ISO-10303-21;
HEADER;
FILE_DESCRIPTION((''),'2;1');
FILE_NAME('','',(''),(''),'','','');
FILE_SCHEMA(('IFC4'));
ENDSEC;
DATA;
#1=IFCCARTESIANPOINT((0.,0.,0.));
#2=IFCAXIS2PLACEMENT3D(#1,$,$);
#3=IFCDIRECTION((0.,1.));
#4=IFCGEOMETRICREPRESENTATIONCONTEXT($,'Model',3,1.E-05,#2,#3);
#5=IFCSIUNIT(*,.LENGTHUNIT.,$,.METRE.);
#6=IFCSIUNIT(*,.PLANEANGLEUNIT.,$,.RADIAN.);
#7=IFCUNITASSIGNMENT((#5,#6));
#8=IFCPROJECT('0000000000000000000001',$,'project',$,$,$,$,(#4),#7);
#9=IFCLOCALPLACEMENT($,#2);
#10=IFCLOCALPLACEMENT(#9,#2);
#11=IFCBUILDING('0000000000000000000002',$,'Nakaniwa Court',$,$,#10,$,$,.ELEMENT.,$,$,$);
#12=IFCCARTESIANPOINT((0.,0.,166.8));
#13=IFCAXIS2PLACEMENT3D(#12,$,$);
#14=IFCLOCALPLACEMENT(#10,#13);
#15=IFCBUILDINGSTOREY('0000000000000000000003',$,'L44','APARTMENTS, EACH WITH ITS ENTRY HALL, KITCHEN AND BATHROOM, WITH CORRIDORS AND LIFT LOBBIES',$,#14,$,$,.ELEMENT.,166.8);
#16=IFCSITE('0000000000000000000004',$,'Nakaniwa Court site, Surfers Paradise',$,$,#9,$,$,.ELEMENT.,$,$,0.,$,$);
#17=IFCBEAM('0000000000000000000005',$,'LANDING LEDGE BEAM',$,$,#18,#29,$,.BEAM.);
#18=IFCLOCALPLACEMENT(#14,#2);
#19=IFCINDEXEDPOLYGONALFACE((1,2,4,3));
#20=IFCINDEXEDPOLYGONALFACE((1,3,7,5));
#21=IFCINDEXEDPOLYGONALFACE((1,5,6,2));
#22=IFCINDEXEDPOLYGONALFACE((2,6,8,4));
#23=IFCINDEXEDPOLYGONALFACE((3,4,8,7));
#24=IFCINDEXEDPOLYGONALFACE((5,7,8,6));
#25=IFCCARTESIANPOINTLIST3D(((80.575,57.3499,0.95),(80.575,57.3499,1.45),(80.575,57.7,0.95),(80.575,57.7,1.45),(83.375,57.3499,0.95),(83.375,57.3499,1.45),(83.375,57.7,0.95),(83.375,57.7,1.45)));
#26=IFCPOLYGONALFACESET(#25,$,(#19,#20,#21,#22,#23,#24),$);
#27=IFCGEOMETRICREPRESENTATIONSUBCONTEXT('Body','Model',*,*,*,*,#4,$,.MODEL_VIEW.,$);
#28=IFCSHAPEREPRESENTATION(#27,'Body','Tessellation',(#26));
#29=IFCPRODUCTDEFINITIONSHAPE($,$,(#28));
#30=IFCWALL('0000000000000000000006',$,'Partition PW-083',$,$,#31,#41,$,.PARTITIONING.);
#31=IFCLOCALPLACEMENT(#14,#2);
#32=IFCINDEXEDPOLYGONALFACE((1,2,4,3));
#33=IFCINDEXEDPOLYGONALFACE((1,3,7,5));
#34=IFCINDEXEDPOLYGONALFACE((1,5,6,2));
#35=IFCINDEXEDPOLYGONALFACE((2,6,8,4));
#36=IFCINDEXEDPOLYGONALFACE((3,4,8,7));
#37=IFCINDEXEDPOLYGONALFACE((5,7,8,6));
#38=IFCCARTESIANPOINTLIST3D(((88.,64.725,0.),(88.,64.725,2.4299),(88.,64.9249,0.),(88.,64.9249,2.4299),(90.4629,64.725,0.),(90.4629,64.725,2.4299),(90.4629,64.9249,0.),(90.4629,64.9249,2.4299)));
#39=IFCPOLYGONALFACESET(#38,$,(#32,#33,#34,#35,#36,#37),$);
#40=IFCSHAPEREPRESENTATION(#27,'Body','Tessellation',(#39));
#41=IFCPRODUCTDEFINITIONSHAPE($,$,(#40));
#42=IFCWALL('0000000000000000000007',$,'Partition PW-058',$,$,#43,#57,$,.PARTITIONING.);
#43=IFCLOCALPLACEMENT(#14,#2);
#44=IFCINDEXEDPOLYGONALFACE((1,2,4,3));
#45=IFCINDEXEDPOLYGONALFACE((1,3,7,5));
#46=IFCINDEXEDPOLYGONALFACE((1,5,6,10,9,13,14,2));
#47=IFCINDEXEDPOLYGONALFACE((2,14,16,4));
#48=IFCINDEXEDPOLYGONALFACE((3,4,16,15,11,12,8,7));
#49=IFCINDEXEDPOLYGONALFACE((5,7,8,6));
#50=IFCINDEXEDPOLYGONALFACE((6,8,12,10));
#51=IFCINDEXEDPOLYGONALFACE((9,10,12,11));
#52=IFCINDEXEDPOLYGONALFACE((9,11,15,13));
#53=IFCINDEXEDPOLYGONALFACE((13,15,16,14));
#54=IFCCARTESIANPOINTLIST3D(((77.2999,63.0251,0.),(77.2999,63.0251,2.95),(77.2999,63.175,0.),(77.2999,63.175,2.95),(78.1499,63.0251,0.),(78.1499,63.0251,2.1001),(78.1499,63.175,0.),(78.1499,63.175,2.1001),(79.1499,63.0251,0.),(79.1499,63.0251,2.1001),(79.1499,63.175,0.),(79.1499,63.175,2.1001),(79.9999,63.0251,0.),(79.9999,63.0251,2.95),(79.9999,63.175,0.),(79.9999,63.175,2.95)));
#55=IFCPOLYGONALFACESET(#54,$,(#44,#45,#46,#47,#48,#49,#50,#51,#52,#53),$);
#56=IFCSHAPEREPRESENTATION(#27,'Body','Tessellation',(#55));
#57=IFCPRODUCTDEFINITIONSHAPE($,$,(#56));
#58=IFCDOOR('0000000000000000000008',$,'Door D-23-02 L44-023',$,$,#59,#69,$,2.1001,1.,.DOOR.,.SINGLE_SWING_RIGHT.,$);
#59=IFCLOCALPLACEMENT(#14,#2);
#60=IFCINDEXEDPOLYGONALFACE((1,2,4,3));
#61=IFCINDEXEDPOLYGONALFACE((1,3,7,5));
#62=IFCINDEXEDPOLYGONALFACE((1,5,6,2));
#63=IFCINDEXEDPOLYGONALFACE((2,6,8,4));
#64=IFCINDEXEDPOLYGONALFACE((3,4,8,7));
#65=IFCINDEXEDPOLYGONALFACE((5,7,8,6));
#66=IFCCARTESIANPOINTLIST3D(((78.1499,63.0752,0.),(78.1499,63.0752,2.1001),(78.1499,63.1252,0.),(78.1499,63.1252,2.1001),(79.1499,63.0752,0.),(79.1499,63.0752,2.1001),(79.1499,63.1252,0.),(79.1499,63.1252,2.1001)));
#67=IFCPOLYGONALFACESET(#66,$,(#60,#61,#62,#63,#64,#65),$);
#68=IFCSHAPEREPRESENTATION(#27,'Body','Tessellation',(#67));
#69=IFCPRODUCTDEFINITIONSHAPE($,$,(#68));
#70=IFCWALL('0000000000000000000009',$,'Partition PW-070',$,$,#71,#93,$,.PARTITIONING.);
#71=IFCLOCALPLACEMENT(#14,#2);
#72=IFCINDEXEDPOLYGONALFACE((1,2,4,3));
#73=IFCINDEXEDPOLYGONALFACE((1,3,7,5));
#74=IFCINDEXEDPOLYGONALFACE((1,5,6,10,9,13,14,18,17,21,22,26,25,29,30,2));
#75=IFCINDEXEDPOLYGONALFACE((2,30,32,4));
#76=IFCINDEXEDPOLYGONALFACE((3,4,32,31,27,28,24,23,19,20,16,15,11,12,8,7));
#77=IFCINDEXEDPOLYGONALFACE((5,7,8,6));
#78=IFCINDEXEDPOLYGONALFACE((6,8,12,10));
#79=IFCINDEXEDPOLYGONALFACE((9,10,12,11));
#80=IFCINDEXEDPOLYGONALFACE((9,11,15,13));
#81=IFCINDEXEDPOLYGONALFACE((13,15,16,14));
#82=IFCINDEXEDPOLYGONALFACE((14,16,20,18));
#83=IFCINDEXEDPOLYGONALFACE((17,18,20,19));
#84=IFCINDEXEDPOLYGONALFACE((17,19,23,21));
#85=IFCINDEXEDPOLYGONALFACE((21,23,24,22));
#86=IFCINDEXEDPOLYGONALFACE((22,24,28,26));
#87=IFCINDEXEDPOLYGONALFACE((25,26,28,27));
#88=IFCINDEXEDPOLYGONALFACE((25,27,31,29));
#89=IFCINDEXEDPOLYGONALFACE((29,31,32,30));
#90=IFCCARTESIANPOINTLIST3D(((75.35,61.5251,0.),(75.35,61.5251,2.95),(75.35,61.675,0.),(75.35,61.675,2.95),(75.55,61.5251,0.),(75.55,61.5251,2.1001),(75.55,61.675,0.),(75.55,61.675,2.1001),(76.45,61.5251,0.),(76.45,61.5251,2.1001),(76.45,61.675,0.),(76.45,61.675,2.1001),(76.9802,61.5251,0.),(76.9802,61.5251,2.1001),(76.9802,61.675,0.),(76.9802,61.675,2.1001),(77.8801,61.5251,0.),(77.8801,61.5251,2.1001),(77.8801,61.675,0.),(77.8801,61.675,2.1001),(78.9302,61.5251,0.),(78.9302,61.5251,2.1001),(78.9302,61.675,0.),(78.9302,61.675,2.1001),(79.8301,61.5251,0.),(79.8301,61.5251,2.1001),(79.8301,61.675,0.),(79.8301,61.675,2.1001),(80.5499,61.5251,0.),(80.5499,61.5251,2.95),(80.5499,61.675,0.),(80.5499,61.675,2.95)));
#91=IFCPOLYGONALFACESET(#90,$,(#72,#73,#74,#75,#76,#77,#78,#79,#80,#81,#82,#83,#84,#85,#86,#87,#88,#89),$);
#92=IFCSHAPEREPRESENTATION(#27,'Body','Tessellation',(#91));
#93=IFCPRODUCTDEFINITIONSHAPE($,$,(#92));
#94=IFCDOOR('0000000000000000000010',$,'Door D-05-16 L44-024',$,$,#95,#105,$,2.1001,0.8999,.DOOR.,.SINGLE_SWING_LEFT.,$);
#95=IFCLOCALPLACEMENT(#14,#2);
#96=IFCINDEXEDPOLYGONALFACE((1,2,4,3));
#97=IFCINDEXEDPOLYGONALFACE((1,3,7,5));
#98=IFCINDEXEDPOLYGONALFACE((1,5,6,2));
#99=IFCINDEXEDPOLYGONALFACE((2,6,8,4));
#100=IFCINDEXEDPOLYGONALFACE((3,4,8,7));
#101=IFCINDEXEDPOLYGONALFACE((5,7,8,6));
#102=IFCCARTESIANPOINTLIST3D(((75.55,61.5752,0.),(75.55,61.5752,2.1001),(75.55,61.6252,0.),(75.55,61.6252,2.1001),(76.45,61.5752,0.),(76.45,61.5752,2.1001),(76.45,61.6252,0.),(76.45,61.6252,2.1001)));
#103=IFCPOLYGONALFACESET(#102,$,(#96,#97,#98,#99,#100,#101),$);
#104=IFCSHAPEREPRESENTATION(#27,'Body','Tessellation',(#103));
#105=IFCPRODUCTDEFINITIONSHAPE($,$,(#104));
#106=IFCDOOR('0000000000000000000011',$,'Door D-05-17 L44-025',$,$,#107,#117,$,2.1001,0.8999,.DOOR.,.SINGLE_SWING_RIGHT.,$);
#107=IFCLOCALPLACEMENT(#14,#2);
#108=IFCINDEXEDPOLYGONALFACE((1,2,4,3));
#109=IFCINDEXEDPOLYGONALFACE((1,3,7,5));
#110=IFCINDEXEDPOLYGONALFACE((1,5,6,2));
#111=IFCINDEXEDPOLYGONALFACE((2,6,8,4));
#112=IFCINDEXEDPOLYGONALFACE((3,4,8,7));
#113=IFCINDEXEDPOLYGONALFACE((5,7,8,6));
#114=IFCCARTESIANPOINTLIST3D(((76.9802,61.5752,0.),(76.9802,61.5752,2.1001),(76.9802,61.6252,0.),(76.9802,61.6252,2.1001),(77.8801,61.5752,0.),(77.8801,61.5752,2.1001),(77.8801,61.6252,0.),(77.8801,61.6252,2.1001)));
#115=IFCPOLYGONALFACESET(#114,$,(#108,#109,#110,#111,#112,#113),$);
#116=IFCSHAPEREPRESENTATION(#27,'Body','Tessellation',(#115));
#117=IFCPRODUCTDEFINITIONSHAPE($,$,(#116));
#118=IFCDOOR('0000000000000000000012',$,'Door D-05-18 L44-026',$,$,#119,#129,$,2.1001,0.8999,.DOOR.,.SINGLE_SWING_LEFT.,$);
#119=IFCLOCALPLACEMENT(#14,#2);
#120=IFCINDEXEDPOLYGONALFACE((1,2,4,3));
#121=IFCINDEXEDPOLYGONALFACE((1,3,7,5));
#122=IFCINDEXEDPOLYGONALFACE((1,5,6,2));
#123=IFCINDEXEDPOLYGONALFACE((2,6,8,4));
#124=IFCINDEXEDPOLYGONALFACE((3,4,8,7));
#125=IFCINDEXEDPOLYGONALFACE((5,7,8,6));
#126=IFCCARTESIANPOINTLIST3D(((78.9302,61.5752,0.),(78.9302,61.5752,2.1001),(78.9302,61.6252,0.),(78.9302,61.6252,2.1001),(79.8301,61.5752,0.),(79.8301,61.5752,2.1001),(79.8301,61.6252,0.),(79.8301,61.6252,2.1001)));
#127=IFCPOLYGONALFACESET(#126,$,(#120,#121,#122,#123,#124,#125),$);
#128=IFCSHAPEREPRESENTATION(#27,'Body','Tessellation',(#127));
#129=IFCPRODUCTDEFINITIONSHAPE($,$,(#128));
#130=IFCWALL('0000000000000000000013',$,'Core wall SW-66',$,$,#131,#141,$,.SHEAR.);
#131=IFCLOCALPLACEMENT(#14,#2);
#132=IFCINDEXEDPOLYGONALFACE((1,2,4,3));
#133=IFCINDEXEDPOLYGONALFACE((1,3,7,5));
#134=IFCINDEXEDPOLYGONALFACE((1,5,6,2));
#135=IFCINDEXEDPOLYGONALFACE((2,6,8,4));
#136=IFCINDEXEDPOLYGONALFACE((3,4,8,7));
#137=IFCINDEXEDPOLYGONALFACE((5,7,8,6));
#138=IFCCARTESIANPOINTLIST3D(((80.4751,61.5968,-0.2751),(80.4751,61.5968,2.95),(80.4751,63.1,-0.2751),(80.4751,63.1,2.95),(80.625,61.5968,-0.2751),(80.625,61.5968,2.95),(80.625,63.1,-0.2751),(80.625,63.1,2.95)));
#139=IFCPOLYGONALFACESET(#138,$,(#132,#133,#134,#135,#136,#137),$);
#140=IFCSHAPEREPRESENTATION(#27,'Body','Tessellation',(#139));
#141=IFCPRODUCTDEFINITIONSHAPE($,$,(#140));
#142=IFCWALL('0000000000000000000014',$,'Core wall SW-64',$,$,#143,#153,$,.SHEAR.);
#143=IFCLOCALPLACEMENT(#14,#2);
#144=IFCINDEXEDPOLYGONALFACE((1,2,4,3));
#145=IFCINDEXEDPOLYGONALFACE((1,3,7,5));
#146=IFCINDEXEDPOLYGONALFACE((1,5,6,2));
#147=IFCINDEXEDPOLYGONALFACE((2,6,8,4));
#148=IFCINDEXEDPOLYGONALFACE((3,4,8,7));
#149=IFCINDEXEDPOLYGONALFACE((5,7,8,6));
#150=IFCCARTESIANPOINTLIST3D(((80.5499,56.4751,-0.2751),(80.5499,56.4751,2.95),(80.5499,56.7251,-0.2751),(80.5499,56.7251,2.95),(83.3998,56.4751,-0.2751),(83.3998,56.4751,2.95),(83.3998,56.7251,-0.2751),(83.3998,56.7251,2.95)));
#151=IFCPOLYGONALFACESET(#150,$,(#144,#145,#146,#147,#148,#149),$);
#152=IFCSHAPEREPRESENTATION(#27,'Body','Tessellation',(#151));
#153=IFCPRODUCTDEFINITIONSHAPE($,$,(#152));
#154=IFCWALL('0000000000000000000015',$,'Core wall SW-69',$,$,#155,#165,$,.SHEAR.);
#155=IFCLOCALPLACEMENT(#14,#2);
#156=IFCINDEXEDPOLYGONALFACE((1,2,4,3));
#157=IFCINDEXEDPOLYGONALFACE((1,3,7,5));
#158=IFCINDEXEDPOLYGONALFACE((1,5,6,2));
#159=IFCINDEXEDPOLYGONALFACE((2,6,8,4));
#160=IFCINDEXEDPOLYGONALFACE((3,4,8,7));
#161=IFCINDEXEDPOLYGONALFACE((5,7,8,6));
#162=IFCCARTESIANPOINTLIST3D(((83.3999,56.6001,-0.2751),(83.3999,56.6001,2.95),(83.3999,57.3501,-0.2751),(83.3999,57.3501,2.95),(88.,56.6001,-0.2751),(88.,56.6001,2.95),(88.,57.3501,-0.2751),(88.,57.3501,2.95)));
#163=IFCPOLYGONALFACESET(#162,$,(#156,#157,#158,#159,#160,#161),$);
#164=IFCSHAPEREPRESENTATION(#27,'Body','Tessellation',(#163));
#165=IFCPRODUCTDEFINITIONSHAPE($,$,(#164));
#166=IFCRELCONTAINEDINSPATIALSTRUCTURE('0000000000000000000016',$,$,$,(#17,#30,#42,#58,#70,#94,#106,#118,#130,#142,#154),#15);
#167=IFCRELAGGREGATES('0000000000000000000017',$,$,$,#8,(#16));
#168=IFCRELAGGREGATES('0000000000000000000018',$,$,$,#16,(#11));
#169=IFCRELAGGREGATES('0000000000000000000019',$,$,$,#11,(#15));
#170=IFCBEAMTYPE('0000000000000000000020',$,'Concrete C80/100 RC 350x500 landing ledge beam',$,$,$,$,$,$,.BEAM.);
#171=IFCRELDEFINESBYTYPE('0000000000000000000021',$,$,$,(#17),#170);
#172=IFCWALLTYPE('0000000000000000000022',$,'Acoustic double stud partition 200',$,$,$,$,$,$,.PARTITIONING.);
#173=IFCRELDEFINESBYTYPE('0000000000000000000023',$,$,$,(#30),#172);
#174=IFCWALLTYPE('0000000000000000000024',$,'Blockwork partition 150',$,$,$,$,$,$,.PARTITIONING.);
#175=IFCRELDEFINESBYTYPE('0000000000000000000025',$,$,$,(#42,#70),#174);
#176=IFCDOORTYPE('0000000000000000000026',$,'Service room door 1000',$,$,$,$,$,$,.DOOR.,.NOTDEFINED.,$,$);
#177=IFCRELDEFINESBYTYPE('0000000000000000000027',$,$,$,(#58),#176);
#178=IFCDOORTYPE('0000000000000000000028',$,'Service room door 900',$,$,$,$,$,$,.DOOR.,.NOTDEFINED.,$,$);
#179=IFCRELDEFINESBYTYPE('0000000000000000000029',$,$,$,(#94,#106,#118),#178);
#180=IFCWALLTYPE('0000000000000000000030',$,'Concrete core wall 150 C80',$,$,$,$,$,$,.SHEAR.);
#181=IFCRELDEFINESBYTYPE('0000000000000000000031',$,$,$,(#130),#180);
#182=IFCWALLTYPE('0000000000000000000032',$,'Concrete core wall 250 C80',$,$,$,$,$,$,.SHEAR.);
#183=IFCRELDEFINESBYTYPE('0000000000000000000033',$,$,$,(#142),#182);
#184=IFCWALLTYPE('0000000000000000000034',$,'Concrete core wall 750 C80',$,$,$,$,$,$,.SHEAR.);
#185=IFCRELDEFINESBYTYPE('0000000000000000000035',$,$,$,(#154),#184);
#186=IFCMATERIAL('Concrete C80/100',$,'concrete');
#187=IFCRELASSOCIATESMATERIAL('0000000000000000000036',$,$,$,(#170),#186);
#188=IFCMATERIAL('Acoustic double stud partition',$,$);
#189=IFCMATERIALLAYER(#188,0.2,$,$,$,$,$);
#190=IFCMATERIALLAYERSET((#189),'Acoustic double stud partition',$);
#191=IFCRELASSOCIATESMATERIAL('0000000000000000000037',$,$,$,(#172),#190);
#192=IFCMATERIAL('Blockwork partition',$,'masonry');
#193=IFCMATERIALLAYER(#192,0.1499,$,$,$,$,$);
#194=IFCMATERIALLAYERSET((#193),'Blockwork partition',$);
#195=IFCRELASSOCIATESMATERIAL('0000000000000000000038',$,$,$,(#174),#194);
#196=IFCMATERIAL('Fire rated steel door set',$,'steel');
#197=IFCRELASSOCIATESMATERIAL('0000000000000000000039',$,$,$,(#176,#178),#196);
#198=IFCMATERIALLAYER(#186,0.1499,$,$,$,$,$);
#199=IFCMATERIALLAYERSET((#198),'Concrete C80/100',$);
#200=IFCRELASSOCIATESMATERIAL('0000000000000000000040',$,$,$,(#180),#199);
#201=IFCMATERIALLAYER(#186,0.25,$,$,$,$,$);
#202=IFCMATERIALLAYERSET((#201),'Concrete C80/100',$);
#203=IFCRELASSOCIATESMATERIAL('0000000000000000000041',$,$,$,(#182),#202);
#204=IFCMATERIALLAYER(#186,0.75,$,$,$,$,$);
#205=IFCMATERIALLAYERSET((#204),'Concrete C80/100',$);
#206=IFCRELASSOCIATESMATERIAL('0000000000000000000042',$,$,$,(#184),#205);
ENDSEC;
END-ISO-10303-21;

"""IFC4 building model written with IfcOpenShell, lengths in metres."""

from ifc_helpers import new_model, si_unit, direction, frame, frame_2d, origin, origin_2d, place, context, subcontext, project, spatial, rectangle, extrude, material, layer, layer_set, material_profile, profile_set, type_object, element, fill, save


model = new_model("IFC4")

# Units and contexts
model_context = context("Model", 3, precision=1e-05, world=origin(), true_north=direction((0.0, 1.0)))
body_context = subcontext(model_context, "Body", "Model", "MODEL_VIEW")
ifc_project = project(units=[si_unit("LENGTHUNIT", "METRE"), si_unit("PLANEANGLEUNIT", "RADIAN")], contexts=[model_context])

# Site, building, storey
site_placement = place(None, origin())
site = spatial("IfcSite", under=ifc_project, at=site_placement, Name="Nakaniwa Court site, Surfers Paradise", CompositionType="ELEMENT", RefElevation=0.0)
building_placement = place(site_placement, origin())
building = spatial("IfcBuilding", under=site, at=building_placement, Name="Nakaniwa Court", CompositionType="ELEMENT")
storey_placement = place(building_placement, frame((0.0, 0.0, 166.8)))
storey = spatial("IfcBuildingStorey", under=building, at=storey_placement, Name="L44", Description="APARTMENTS, EACH WITH ITS ENTRY HALL, KITCHEN AND BATHROOM, WITH CORRIDORS AND LIFT LOBBIES", CompositionType="ELEMENT", Elevation=166.8)

# Beam
ifc_material_1 = material(Name="Concrete C80/100", Category="concrete")
ifc_material_profile = material_profile(ifc_material_1, rectangle(XDim=0.3501, YDim=0.5, at=origin_2d()), Name="Concrete C80/100 RC 350x500 landing ledge beam")
ifc_profile_set = profile_set([ifc_material_profile], Name="Concrete C80/100")
beam_type = type_object("IfcBeamType", Name="Concrete C80/100 RC 350x500 landing ledge beam", PredefinedType="BEAM", material=ifc_profile_set)
beam_placement = place(storey_placement, frame((80.575, 57.5249, 1.2), z_axis=(1.0, 0.0, 0.0), x_axis=(0.0, 1.0, 0.0)))
element("IfcBeam", 1, at=beam_placement, inside=storey, type_object=beam_type, Name="LANDING LEDGE BEAM", PredefinedType="BEAM", context=body_context, shape_type="SweptSolid", body=[
    extrude(rectangle(XDim=0.3501, YDim=0.5, at=origin_2d()), origin(), (0.0, 0.0, 1.0), 2.8),
])

# Wall
ifc_material_2 = material(Name="Acoustic double stud partition")
ifc_layer_1 = layer(ifc_material_2, 0.2)
ifc_layer_set_1 = layer_set([ifc_layer_1], Name="Acoustic double stud partition")
wall_type_1 = type_object("IfcWallType", Name="Acoustic double stud partition 200", PredefinedType="PARTITIONING", material=ifc_layer_set_1)
wall_1_placement = place(storey_placement, frame((88.0, 64.825, 0.0), z_axis=(0.0, 0.0, 1.0), x_axis=(1.0, 0.0, 0.0)))
element("IfcWall", 2, at=wall_1_placement, inside=storey, type_object=wall_type_1, Name="Partition PW-083", PredefinedType="PARTITIONING", context=body_context, shape_type="SweptSolid", body=[
    extrude(rectangle(XDim=2.4629, YDim=0.2, at=frame_2d((1.2314, 0.0))), origin(), (0.0, 0.0, 1.0), 2.4299),
])

# Wall, opening, door
ifc_material_3 = material(Name="Blockwork partition", Category="masonry")
ifc_layer_2 = layer(ifc_material_3, 0.1499)
ifc_layer_set_2 = layer_set([ifc_layer_2], Name="Blockwork partition")
wall_type_2 = type_object("IfcWallType", Name="Blockwork partition 150", PredefinedType="PARTITIONING", material=ifc_layer_set_2)
wall_2_placement = place(storey_placement, frame((80.0, 63.1001, 0.0), z_axis=(0.0, 0.0, 1.0), x_axis=(-1.0, 0.0, 0.0)))
wall_2 = element("IfcWall", 3, at=wall_2_placement, inside=storey, type_object=wall_type_2, Name="Partition PW-058", PredefinedType="PARTITIONING", context=body_context, shape_type="SweptSolid", body=[
    extrude(rectangle(XDim=2.7, YDim=0.1499, at=frame_2d((1.3501, 0.0))), origin(), (0.0, 0.0, 1.0), 2.95),
])
opening_1_placement = place(wall_2_placement, frame((0.8501, 0.0, 0.0)))
opening_1 = element("IfcOpeningElement", 4, at=opening_1_placement, cuts=wall_2, PredefinedType="OPENING", context=body_context, shape_type="SweptSolid", body=[
    extrude(rectangle(XDim=1.0, YDim=2.1001, at=frame_2d((0.5, 1.05))), frame((0.0, 0.085, 0.0), z_axis=(0.0, -1.0, 0.0), x_axis=(1.0, 0.0, 0.0)), (0.0, 0.0, 1.0), 0.1699),
])
ifc_material_4 = material(Name="Fire rated steel door set", Category="steel")
door_type_1 = type_object("IfcDoorType", Name="Service room door 1000", OperationType="NOTDEFINED", PredefinedType="DOOR", material=ifc_material_4)
door_1_placement = place(opening_1_placement, origin())
door_1 = element("IfcDoor", 5, at=door_1_placement, inside=storey, type_object=door_type_1, Name="Door D-23-02 L44-023", OperationType="SINGLE_SWING_RIGHT", OverallHeight=2.1001, OverallWidth=1.0, PredefinedType="DOOR", context=body_context, shape_type="SweptSolid", body=[
    extrude(rectangle(XDim=1.0, YDim=2.1001, at=frame_2d((0.5, 1.05))), frame((0.0, 0.0249, 0.0), z_axis=(0.0, -1.0, 0.0), x_axis=(1.0, 0.0, 0.0)), (0.0, 0.0, 1.0), 0.05),
])
fill(opening_1, door_1)

# Wall, openings, doors
wall_3_placement = place(storey_placement, frame((80.55, 61.6001, 0.0), z_axis=(0.0, 0.0, 1.0), x_axis=(-1.0, 0.0, 0.0)))
wall_3 = element("IfcWall", 6, at=wall_3_placement, inside=storey, type_object=wall_type_2, Name="Partition PW-070", PredefinedType="PARTITIONING", context=body_context, shape_type="SweptSolid", body=[
    extrude(rectangle(XDim=5.2, YDim=0.1499, at=frame_2d((2.6001, 0.0))), origin(), (0.0, 0.0, 1.0), 2.95),
])
opening_2_placement = place(wall_3_placement, frame((4.1001, 0.0, 0.0)))
opening_2 = element("IfcOpeningElement", 7, at=opening_2_placement, cuts=wall_3, PredefinedType="OPENING", context=body_context, shape_type="SweptSolid", body=[
    extrude(rectangle(XDim=0.8999, YDim=2.1001, at=frame_2d((0.45, 1.05))), frame((0.0, 0.085, 0.0), z_axis=(0.0, -1.0, 0.0), x_axis=(1.0, 0.0, 0.0)), (0.0, 0.0, 1.0), 0.1699),
])
opening_3_placement = place(wall_3_placement, frame((2.6699, 0.0, 0.0)))
opening_3 = element("IfcOpeningElement", 8, at=opening_3_placement, cuts=wall_3, PredefinedType="OPENING", context=body_context, shape_type="SweptSolid", body=[
    extrude(rectangle(XDim=0.8999, YDim=2.1001, at=frame_2d((0.45, 1.05))), frame((0.0, 0.085, 0.0), z_axis=(0.0, -1.0, 0.0), x_axis=(1.0, 0.0, 0.0)), (0.0, 0.0, 1.0), 0.1699),
])
opening_4_placement = place(wall_3_placement, frame((0.72, 0.0, 0.0)))
opening_4 = element("IfcOpeningElement", 9, at=opening_4_placement, cuts=wall_3, PredefinedType="OPENING", context=body_context, shape_type="SweptSolid", body=[
    extrude(rectangle(XDim=0.8999, YDim=2.1001, at=frame_2d((0.45, 1.05))), frame((0.0, 0.085, 0.0), z_axis=(0.0, -1.0, 0.0), x_axis=(1.0, 0.0, 0.0)), (0.0, 0.0, 1.0), 0.1699),
])
door_type_2 = type_object("IfcDoorType", Name="Service room door 900", OperationType="NOTDEFINED", PredefinedType="DOOR", material=ifc_material_4)
door_2_placement = place(opening_2_placement, origin())
door_2 = element("IfcDoor", 10, at=door_2_placement, inside=storey, type_object=door_type_2, Name="Door D-05-16 L44-024", OperationType="SINGLE_SWING_LEFT", OverallHeight=2.1001, OverallWidth=0.8999, PredefinedType="DOOR", context=body_context, shape_type="SweptSolid", body=[
    extrude(rectangle(XDim=0.8999, YDim=2.1001, at=frame_2d((0.45, 1.05))), frame((0.0, 0.0249, 0.0), z_axis=(0.0, -1.0, 0.0), x_axis=(1.0, 0.0, 0.0)), (0.0, 0.0, 1.0), 0.05),
])
fill(opening_2, door_2)
door_3_placement = place(opening_3_placement, origin())
door_3 = element("IfcDoor", 11, at=door_3_placement, inside=storey, type_object=door_type_2, Name="Door D-05-17 L44-025", OperationType="SINGLE_SWING_RIGHT", OverallHeight=2.1001, OverallWidth=0.8999, PredefinedType="DOOR", context=body_context, shape_type="SweptSolid", body=[
    extrude(rectangle(XDim=0.8999, YDim=2.1001, at=frame_2d((0.45, 1.05))), frame((0.0, 0.0249, 0.0), z_axis=(0.0, -1.0, 0.0), x_axis=(1.0, 0.0, 0.0)), (0.0, 0.0, 1.0), 0.05),
])
fill(opening_3, door_3)
door_4_placement = place(opening_4_placement, origin())
door_4 = element("IfcDoor", 12, at=door_4_placement, inside=storey, type_object=door_type_2, Name="Door D-05-18 L44-026", OperationType="SINGLE_SWING_LEFT", OverallHeight=2.1001, OverallWidth=0.8999, PredefinedType="DOOR", context=body_context, shape_type="SweptSolid", body=[
    extrude(rectangle(XDim=0.8999, YDim=2.1001, at=frame_2d((0.45, 1.05))), frame((0.0, 0.0249, 0.0), z_axis=(0.0, -1.0, 0.0), x_axis=(1.0, 0.0, 0.0)), (0.0, 0.0, 1.0), 0.05),
])
fill(opening_4, door_4)

# Walls
ifc_layer_3 = layer(ifc_material_1, 0.1499)
ifc_layer_set_3 = layer_set([ifc_layer_3], Name="Concrete C80/100")
wall_type_3 = type_object("IfcWallType", Name="Concrete core wall 150 C80", PredefinedType="SHEAR", material=ifc_layer_set_3)
wall_4_placement = place(storey_placement, frame((80.55, 61.5969, -0.2751), z_axis=(0.0, 0.0, 1.0), x_axis=(0.0, 1.0, 0.0)))
element("IfcWall", 13, at=wall_4_placement, inside=storey, type_object=wall_type_3, Name="Core wall SW-66", PredefinedType="SHEAR", context=body_context, shape_type="SweptSolid", body=[
    extrude(rectangle(XDim=1.5032, YDim=0.1499, at=frame_2d((0.7515, 0.0))), origin(), (0.0, 0.0, 1.0), 3.2251),
])
ifc_layer_4 = layer(ifc_material_1, 0.25)
ifc_layer_set_4 = layer_set([ifc_layer_4], Name="Concrete C80/100")
wall_type_4 = type_object("IfcWallType", Name="Concrete core wall 250 C80", PredefinedType="SHEAR", material=ifc_layer_set_4)
wall_5_placement = place(storey_placement, frame((80.55, 56.6001, -0.2751), z_axis=(0.0, 0.0, 1.0), x_axis=(1.0, 0.0, 0.0)))
element("IfcWall", 14, at=wall_5_placement, inside=storey, type_object=wall_type_4, Name="Core wall SW-64", PredefinedType="SHEAR", context=body_context, shape_type="SweptSolid", body=[
    extrude(rectangle(XDim=2.8499, YDim=0.25, at=frame_2d((1.4248, 0.0))), origin(), (0.0, 0.0, 1.0), 3.2251),
])
ifc_layer_5 = layer(ifc_material_1, 0.75)
ifc_layer_set_5 = layer_set([ifc_layer_5], Name="Concrete C80/100")
wall_type_5 = type_object("IfcWallType", Name="Concrete core wall 750 C80", PredefinedType="SHEAR", material=ifc_layer_set_5)
wall_6_placement = place(storey_placement, frame((83.3999, 56.9751, -0.2751), z_axis=(0.0, 0.0, 1.0), x_axis=(1.0, 0.0, 0.0)))
element("IfcWall", 15, at=wall_6_placement, inside=storey, type_object=wall_type_5, Name="Core wall SW-69", PredefinedType="SHEAR", context=body_context, shape_type="SweptSolid", body=[
    extrude(rectangle(XDim=4.6001, YDim=0.75, at=frame_2d((2.3, 0.0))), origin(), (0.0, 0.0, 1.0), 3.2251),
])

save(model, "model.ifc")
